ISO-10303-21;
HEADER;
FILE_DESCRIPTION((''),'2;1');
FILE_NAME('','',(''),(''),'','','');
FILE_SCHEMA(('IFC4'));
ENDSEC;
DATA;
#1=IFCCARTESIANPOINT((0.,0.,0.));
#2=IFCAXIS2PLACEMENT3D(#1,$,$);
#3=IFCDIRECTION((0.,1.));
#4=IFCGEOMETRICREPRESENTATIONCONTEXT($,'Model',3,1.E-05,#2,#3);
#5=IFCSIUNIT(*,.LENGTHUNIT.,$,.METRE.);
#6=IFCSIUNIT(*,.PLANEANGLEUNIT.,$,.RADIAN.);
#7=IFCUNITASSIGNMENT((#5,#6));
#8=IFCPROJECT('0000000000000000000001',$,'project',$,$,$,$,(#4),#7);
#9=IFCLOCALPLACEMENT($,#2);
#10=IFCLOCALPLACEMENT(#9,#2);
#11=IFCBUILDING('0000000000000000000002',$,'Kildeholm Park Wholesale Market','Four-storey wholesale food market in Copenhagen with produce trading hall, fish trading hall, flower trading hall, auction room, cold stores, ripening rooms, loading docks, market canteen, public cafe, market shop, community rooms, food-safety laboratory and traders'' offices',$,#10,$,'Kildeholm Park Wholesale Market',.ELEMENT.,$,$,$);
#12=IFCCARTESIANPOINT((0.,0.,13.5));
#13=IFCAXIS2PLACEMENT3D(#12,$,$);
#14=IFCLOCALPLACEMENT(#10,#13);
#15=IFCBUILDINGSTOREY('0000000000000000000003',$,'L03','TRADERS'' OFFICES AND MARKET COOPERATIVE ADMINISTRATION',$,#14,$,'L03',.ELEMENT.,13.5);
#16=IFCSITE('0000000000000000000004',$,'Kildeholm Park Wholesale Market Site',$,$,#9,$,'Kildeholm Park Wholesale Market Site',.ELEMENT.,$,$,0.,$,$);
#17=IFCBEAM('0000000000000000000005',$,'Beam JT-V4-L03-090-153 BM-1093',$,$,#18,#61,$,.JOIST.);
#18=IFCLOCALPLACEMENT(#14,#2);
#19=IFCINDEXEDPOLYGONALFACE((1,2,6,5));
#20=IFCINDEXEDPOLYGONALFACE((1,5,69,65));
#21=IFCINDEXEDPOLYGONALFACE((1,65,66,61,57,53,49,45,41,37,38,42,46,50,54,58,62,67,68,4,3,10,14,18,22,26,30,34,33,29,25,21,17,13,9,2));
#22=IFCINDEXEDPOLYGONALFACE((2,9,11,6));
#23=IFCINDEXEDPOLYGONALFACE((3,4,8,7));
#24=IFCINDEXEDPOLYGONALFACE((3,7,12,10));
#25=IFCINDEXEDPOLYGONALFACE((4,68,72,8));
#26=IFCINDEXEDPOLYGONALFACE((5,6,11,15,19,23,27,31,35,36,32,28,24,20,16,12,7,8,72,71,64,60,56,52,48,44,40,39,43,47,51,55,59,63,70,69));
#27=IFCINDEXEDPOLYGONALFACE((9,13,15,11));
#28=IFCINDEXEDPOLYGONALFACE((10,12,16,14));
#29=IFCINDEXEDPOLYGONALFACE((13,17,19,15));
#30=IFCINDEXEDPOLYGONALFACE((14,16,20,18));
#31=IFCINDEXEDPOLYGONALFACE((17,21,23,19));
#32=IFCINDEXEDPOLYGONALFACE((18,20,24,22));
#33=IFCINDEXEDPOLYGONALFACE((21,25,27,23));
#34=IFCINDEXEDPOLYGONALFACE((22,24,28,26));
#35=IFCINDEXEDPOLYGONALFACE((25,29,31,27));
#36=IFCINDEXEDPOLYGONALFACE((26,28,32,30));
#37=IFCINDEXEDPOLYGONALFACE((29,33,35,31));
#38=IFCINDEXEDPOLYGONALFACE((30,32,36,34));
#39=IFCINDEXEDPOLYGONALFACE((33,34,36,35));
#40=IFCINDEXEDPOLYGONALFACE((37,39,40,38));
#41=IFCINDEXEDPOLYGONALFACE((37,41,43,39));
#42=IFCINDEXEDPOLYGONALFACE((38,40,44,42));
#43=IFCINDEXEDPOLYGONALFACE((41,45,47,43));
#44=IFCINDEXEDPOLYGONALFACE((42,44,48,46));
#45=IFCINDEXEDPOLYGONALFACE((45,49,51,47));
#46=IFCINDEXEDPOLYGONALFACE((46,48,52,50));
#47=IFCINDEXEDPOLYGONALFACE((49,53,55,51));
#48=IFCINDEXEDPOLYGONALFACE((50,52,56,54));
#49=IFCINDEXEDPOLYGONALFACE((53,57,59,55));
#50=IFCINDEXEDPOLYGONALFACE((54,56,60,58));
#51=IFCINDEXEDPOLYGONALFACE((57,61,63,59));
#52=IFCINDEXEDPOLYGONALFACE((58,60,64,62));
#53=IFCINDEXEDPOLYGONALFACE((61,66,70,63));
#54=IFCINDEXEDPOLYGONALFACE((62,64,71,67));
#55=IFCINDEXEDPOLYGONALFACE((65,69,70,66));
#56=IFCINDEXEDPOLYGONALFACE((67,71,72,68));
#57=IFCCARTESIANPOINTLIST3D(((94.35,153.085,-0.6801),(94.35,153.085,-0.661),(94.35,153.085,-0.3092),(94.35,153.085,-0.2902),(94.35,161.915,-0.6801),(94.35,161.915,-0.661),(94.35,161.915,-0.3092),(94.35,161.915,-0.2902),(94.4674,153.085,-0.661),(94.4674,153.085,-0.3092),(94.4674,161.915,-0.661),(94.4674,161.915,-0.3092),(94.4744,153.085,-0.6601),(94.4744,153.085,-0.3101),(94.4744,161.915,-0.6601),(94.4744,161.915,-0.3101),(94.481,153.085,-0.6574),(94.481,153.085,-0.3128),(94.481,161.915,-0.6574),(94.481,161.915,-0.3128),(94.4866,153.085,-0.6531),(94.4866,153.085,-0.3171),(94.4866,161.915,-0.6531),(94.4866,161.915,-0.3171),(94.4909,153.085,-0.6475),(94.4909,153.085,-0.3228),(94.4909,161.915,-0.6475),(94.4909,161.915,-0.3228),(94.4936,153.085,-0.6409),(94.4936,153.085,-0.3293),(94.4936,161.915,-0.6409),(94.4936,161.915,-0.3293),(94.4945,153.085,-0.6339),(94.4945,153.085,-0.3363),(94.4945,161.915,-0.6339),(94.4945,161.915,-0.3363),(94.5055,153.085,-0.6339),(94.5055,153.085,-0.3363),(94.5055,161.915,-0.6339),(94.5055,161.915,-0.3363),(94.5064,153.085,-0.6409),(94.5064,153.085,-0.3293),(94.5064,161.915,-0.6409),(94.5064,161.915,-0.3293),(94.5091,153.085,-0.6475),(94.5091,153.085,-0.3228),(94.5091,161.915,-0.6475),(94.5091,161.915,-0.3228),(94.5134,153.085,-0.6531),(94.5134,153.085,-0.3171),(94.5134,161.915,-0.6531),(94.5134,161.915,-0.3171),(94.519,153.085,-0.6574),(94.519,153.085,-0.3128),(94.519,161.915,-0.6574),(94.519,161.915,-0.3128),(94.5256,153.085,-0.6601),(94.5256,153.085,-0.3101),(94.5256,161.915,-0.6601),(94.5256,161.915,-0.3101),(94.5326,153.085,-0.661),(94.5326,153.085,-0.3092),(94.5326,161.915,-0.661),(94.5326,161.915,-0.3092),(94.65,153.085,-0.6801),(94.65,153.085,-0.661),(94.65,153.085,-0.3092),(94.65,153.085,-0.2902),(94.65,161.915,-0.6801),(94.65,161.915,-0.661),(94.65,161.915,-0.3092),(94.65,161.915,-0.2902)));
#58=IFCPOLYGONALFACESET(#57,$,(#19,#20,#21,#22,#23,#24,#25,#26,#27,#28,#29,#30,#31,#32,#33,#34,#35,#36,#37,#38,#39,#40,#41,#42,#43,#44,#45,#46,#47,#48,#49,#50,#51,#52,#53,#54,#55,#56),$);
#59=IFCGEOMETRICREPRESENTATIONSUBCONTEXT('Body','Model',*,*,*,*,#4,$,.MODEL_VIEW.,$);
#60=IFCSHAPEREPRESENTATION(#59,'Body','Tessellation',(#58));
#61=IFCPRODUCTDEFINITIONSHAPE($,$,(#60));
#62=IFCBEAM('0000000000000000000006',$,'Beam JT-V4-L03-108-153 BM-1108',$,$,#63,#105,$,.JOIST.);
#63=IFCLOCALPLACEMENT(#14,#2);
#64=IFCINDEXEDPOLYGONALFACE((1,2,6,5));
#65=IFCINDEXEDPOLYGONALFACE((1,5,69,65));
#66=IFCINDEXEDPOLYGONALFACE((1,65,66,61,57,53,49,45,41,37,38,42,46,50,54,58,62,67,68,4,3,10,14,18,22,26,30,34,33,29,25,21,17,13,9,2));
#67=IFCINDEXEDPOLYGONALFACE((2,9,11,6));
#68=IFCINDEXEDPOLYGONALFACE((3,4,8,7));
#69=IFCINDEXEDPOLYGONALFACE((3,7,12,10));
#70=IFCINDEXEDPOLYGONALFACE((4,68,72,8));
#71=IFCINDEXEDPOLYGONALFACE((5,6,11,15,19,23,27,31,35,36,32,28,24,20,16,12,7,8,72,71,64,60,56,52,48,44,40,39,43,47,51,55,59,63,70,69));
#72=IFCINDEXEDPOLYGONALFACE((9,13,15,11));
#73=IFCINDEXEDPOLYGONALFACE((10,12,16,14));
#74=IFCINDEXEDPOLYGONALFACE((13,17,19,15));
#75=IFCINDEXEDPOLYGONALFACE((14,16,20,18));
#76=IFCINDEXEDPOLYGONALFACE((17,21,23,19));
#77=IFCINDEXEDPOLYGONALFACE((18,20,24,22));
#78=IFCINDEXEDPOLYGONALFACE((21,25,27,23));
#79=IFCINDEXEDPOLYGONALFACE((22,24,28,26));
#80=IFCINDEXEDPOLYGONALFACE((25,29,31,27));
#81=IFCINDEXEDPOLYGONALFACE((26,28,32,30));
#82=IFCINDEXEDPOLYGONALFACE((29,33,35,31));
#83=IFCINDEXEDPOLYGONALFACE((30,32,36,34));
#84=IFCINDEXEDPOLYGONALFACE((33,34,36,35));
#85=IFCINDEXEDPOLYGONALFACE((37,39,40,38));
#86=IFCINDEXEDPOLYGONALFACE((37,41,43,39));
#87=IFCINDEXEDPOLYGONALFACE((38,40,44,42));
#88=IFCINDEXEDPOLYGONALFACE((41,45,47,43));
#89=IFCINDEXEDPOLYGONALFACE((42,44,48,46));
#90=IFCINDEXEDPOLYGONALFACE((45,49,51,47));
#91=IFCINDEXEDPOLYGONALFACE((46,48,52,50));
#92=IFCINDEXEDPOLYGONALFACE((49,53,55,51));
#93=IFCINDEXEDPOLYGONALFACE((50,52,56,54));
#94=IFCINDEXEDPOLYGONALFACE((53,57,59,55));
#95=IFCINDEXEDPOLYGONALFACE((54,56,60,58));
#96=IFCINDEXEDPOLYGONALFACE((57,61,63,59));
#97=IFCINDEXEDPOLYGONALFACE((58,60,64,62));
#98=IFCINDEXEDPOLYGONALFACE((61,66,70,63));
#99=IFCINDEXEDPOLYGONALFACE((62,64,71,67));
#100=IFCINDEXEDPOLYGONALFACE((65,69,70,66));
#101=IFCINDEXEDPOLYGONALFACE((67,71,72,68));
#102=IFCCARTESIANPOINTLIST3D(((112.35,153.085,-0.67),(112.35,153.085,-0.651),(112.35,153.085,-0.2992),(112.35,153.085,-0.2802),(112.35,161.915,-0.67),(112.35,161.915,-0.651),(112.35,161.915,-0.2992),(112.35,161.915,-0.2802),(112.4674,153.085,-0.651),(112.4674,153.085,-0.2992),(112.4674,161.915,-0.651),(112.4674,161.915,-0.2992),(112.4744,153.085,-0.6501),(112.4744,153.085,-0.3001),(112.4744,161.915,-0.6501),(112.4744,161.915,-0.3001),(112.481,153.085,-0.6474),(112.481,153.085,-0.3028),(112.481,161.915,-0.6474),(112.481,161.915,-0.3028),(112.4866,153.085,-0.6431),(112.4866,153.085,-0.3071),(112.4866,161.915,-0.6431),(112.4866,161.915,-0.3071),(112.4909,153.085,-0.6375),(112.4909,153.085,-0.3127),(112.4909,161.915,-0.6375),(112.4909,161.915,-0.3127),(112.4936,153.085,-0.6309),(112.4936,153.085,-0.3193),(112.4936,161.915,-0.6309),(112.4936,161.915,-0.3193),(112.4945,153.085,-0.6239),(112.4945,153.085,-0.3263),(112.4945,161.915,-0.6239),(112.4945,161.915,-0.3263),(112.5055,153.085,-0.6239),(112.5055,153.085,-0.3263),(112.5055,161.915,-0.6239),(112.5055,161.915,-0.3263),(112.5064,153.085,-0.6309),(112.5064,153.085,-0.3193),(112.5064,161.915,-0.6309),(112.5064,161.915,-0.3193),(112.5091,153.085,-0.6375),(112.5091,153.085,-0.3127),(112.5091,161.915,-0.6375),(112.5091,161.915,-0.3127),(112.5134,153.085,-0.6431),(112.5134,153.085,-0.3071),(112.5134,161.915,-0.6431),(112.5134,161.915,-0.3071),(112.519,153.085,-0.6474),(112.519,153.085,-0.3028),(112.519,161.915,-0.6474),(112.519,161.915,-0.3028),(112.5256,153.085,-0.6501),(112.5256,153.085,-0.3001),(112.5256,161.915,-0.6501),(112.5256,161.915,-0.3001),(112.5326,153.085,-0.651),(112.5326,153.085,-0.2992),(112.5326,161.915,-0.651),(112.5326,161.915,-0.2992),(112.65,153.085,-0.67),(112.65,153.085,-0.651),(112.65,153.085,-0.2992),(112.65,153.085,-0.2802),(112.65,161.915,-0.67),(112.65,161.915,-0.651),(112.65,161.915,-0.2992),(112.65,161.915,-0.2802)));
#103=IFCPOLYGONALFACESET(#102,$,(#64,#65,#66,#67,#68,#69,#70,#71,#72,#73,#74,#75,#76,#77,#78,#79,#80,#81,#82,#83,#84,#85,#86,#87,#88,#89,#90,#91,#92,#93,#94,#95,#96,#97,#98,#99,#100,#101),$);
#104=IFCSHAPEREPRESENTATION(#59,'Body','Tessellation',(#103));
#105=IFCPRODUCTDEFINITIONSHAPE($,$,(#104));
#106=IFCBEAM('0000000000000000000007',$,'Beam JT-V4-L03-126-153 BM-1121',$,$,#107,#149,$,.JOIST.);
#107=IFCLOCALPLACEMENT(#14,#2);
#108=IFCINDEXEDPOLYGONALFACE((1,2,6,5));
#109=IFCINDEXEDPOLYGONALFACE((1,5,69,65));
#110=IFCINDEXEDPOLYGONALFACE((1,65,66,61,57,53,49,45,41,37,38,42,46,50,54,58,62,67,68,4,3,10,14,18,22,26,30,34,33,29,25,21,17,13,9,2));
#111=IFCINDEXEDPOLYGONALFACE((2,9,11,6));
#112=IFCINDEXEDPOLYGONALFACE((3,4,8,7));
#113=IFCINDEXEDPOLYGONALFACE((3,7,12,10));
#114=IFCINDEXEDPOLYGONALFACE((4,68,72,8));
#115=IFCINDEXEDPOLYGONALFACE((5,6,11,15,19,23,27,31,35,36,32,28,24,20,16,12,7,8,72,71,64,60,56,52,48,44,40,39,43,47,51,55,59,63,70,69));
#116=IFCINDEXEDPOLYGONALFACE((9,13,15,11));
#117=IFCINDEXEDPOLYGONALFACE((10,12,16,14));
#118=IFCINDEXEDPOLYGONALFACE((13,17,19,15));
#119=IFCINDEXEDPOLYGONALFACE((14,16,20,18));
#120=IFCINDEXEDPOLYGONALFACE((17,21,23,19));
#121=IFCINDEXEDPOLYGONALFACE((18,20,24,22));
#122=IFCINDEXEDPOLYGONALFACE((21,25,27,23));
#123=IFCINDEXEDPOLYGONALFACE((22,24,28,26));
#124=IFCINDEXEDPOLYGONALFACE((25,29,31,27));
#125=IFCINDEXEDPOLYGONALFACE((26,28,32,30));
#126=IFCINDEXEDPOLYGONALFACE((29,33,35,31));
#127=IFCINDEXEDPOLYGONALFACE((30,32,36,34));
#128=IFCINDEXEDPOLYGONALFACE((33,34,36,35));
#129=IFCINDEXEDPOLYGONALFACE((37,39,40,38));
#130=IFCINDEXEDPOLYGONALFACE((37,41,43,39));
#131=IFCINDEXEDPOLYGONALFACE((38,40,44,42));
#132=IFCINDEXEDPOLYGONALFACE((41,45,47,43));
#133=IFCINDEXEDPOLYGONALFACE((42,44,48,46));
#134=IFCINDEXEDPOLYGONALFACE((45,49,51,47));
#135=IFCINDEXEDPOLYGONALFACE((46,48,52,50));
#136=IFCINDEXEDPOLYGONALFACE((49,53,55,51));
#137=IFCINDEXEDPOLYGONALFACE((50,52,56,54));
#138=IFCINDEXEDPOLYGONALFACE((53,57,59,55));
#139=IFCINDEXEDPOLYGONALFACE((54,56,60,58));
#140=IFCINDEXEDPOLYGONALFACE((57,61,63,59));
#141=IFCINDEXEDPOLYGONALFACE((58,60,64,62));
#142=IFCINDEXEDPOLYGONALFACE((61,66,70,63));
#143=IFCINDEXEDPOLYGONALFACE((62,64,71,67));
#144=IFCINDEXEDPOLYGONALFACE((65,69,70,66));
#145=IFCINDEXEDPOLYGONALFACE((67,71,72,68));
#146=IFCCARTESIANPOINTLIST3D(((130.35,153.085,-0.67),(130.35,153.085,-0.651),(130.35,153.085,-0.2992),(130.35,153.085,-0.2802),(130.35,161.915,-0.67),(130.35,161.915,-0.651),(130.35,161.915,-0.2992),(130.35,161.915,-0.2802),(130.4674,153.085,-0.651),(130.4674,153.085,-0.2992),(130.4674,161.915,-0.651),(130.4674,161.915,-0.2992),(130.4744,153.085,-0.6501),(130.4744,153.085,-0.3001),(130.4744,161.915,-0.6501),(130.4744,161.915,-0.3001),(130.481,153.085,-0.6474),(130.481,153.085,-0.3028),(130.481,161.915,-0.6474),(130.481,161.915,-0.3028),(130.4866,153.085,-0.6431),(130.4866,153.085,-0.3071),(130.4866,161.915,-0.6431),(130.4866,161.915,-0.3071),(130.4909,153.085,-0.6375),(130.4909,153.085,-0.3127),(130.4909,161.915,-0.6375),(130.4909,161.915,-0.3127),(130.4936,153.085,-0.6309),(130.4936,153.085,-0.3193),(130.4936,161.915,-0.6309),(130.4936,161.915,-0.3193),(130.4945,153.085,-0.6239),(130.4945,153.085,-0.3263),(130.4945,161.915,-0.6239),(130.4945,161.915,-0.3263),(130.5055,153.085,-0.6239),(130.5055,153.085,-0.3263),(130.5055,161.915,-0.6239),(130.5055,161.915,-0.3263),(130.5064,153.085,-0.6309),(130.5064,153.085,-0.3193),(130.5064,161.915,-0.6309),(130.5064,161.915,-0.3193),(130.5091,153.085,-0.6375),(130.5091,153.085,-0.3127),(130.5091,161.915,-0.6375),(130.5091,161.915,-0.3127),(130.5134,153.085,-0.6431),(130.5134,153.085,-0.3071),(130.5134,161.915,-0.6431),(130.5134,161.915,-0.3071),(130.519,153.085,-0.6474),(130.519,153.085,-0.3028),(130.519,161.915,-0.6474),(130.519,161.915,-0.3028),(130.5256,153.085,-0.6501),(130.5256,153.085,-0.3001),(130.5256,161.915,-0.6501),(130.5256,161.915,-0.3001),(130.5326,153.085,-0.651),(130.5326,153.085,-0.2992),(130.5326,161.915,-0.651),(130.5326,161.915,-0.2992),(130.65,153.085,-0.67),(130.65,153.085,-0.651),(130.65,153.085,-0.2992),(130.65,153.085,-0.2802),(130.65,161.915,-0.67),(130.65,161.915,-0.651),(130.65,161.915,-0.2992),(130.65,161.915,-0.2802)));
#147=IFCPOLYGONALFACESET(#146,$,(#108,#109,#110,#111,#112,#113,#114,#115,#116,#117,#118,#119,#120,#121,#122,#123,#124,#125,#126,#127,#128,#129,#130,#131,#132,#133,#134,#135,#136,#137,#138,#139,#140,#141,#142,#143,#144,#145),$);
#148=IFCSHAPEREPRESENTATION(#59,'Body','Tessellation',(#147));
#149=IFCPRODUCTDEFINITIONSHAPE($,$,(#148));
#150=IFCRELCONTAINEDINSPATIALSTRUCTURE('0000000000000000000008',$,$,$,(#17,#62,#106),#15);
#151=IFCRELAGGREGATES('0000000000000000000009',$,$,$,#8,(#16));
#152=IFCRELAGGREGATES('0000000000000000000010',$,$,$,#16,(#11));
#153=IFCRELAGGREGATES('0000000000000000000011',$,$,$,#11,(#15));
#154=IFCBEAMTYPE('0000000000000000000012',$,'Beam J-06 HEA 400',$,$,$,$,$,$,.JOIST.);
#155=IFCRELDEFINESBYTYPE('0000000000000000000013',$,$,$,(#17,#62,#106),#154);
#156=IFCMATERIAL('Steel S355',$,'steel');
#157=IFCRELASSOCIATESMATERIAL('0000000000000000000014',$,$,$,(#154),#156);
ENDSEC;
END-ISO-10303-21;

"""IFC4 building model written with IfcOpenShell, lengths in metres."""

from ifc_helpers import new_model, si_unit, direction, frame, origin, origin_2d, place, context, subcontext, project, spatial, i_section, extrude, material, material_profile, profile_set, type_object, element, save


model = new_model("IFC4")

# Units and contexts
model_context = context("Model", 3, precision=1e-05, world=origin(), true_north=direction((0.0, 1.0)))
body_context = subcontext(model_context, "Body", "Model", "MODEL_VIEW")
ifc_project = project(units=[si_unit("LENGTHUNIT", "METRE"), si_unit("PLANEANGLEUNIT", "RADIAN")], contexts=[model_context])

# Site, building, storey
site_placement = place(None, origin())
site = spatial("IfcSite", under=ifc_project, at=site_placement, Name="Kildeholm Park Wholesale Market Site", LongName="Kildeholm Park Wholesale Market Site", CompositionType="ELEMENT", RefElevation=0.0)
building_placement = place(site_placement, origin())
building = spatial("IfcBuilding", under=site, at=building_placement, Name="Kildeholm Park Wholesale Market", Description="Four-storey wholesale food market in Copenhagen with produce trading hall, fish trading hall, flower trading hall, auction room, cold stores, ripening rooms, loading docks, market canteen, public cafe, market shop, community rooms, food-safety laboratory and traders' offices", LongName="Kildeholm Park Wholesale Market", CompositionType="ELEMENT")
storey_placement = place(building_placement, frame((0.0, 0.0, 13.5)))
storey = spatial("IfcBuildingStorey", under=building, at=storey_placement, Name="L03", Description="TRADERS' OFFICES AND MARKET COOPERATIVE ADMINISTRATION", LongName="L03", CompositionType="ELEMENT", Elevation=13.5)

# Beams
ifc_material = material(Name="Steel S355", Category="steel")
ifc_material_profile_1 = material_profile(ifc_material, i_section(OverallWidth=0.3, OverallDepth=0.3899, WebThickness=0.011, FlangeThickness=0.019, FilletRadius=0.0271, at=origin_2d()), Name="HEA 400")
ifc_profile_set_1 = profile_set([ifc_material_profile_1], Name="Steel S355")
beam_type_1 = type_object("IfcBeamType", Name="Beam J-06 HEA 400", PredefinedType="JOIST", material=ifc_profile_set_1)
for number, where, z_axis, x_axis, name in (
    (1, (94.5, 153.085, -0.4851), (0.0, 1.0, 0.0), (-1.0, 0.0, 0.0), "Beam JT-V4-L03-090-153 BM-1093"),
    (2, (112.5, 153.085, -0.4751), (0.0, 1.0, 0.0), (-1.0, 0.0, 0.0), "Beam JT-V4-L03-108-153 BM-1108"),
    (3, (130.5, 153.085, -0.4751), (0.0, 1.0, 0.0), (-1.0, 0.0, 0.0), "Beam JT-V4-L03-126-153 BM-1121"),
):
    element("IfcBeam", number, at=place(storey_placement, frame(where, z_axis=z_axis, x_axis=x_axis)), inside=storey, type_object=beam_type_1, Name=name, PredefinedType="JOIST", context=body_context, shape_type="SweptSolid", body=[
        extrude(i_section(OverallWidth=0.3, OverallDepth=0.3899, WebThickness=0.011, FlangeThickness=0.019, FilletRadius=0.0271, at=origin_2d()), origin(), (0.0, 0.0, 1.0), 8.8301),
    ])

save(model, "model.ifc")
